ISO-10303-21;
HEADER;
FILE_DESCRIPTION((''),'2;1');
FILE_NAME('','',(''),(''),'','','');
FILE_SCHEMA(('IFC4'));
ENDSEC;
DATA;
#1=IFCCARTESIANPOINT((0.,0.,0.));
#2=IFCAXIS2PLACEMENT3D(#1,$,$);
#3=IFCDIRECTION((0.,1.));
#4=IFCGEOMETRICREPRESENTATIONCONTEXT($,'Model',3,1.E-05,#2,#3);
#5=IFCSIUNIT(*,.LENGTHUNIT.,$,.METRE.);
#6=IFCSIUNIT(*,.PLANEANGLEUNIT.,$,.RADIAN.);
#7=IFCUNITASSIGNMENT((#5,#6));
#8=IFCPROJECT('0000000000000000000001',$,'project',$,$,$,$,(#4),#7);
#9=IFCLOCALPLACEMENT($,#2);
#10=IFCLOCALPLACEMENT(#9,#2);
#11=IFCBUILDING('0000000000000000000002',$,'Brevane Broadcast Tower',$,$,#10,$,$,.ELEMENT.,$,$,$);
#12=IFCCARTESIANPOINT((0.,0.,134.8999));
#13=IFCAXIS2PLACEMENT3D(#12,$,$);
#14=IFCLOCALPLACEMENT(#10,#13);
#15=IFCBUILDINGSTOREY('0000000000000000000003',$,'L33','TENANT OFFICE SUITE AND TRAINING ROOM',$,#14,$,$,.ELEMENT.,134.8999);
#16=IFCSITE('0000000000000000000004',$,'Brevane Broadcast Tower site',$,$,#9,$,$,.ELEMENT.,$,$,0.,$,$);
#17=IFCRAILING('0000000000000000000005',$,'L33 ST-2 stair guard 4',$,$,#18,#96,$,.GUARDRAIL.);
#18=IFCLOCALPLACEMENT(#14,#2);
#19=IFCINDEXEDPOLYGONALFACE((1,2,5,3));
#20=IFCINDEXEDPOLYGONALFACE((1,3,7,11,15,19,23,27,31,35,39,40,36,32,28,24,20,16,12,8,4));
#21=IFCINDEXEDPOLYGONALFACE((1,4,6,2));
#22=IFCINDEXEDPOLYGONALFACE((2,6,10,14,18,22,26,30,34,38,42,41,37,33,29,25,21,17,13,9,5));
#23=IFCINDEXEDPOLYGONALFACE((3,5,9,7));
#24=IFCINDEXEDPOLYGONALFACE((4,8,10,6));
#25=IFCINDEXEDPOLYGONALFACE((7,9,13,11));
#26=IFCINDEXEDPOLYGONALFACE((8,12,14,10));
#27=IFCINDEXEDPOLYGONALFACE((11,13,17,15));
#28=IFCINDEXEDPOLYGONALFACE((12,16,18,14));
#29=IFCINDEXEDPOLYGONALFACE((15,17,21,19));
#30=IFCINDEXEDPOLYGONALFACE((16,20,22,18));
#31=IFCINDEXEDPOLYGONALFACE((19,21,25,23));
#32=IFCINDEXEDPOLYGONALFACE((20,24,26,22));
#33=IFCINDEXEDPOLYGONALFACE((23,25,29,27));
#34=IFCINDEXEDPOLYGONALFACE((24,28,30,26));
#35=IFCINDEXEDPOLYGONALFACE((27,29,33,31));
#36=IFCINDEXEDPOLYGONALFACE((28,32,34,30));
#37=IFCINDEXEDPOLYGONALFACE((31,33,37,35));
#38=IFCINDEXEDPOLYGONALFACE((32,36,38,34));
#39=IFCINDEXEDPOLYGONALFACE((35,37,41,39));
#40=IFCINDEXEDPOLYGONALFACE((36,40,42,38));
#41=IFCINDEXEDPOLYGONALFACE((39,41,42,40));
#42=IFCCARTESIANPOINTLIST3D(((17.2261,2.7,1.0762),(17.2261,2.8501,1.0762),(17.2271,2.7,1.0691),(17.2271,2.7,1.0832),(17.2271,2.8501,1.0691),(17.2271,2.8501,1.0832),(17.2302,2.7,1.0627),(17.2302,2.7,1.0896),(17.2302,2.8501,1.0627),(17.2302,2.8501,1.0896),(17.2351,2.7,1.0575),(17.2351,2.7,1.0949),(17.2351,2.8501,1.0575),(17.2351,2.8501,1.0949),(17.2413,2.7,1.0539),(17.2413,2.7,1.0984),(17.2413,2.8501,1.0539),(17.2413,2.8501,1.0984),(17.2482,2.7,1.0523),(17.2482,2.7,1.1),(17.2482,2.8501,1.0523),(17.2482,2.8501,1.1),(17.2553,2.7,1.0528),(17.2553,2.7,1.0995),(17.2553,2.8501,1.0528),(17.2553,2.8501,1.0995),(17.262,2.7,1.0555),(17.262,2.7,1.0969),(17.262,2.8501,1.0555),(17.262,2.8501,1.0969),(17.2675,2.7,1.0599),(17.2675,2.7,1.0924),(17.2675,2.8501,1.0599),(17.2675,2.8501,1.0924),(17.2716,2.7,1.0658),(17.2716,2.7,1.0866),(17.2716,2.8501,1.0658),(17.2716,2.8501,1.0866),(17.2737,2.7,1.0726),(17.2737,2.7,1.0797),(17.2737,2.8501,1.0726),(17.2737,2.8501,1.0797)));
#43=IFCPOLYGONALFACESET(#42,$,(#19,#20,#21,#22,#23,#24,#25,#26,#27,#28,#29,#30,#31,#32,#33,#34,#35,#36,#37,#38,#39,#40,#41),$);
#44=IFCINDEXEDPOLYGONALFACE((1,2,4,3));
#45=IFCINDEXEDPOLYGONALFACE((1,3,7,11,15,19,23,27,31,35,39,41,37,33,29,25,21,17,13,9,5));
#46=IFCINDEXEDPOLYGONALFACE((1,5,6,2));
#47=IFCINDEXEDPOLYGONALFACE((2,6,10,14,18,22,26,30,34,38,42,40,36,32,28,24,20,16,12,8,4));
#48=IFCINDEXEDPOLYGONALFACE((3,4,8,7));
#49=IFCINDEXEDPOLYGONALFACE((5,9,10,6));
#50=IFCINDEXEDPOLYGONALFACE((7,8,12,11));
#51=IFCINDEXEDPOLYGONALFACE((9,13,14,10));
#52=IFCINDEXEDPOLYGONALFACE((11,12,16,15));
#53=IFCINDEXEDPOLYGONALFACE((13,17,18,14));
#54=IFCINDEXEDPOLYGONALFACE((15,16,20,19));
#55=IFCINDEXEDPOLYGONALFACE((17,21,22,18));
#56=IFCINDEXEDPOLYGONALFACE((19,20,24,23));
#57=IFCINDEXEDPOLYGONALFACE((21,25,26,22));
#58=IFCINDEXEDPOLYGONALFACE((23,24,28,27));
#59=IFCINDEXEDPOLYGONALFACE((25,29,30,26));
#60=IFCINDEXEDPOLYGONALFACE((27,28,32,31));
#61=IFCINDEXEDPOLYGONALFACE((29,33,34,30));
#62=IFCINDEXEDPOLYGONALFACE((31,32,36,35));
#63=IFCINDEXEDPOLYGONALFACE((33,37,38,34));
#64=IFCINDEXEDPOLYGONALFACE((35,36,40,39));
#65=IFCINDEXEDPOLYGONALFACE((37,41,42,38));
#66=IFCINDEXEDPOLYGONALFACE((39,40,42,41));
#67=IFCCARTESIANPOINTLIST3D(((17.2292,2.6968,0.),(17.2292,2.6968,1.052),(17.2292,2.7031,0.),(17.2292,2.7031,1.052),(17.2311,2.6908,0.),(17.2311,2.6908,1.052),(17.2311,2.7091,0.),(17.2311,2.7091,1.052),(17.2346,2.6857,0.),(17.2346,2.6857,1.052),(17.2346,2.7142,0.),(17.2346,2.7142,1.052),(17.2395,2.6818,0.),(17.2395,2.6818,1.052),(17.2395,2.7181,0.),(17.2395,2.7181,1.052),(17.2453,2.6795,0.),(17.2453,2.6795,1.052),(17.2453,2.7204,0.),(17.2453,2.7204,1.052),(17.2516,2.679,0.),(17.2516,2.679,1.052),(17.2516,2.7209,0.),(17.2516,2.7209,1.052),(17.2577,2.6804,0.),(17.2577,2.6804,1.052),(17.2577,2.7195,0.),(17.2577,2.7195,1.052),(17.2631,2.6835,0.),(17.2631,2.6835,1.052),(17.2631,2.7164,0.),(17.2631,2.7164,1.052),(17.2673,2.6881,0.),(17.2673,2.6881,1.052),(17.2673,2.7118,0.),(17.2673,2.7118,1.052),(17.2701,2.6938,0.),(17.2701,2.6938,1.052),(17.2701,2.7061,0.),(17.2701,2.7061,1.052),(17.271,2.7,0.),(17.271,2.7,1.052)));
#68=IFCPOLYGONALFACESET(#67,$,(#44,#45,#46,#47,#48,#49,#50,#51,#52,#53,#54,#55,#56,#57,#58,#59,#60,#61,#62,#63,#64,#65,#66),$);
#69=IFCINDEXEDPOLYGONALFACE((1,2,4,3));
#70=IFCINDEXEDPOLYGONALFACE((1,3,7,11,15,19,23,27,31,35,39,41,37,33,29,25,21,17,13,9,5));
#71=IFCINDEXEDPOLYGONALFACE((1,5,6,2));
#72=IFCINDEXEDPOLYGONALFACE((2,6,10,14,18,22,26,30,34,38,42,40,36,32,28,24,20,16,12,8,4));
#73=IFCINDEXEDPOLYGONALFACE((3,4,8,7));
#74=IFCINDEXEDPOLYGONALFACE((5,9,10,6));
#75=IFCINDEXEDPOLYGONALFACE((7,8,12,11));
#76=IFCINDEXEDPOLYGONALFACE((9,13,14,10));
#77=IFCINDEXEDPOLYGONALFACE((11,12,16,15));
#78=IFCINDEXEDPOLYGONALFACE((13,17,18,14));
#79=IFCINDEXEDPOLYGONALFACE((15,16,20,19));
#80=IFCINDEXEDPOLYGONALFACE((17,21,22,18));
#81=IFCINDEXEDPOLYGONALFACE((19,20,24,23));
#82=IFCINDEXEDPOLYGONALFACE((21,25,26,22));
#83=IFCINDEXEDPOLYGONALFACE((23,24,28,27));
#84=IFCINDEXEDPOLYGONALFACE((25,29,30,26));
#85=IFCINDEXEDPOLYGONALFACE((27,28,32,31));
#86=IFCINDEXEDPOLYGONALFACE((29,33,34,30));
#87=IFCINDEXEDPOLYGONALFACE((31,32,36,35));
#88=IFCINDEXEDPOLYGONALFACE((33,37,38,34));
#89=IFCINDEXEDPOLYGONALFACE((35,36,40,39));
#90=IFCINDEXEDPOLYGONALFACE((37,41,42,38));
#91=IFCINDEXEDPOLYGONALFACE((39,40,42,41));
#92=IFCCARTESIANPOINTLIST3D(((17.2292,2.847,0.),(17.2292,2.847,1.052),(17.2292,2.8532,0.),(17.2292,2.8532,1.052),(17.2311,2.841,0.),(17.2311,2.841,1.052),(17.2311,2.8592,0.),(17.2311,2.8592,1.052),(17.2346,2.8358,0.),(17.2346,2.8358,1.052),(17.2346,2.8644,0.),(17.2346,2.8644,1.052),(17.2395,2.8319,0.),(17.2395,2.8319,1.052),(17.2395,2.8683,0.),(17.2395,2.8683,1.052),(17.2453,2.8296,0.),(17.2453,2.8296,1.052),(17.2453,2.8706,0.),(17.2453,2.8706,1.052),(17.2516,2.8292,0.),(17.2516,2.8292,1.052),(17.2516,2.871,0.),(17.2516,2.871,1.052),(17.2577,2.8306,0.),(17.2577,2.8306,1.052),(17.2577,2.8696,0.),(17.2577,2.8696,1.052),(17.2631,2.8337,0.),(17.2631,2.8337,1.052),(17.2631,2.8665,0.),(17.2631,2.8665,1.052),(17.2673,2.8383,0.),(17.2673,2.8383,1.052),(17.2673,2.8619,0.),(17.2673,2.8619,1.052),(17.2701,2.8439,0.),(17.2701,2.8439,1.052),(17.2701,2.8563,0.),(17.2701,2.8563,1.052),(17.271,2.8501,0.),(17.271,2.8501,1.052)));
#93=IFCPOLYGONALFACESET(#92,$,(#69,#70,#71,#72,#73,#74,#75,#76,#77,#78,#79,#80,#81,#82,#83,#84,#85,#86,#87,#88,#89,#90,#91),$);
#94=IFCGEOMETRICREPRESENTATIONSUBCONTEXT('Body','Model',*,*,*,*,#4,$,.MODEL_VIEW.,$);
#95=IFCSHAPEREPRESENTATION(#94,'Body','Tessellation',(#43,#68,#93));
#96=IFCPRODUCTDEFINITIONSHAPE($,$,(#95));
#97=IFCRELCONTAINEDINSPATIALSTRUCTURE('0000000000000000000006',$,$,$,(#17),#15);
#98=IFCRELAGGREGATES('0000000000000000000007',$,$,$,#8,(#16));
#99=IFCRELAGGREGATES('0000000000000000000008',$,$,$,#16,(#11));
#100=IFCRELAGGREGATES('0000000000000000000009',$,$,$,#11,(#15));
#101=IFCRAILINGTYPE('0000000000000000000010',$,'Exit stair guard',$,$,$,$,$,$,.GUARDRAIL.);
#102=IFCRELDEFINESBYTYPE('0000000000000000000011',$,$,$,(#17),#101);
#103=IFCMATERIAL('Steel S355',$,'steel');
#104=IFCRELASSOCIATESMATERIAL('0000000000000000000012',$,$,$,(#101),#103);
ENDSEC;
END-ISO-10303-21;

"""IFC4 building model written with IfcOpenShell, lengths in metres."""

from ifc_helpers import new_model, si_unit, direction, frame, origin, origin_2d, place, context, subcontext, project, spatial, circle, extrude, material, type_object, element, save


model = new_model("IFC4")

# Units and contexts
model_context = context("Model", 3, precision=1e-05, world=origin(), true_north=direction((0.0, 1.0)))
body_context = subcontext(model_context, "Body", "Model", "MODEL_VIEW")
ifc_project = project(units=[si_unit("LENGTHUNIT", "METRE"), si_unit("PLANEANGLEUNIT", "RADIAN")], contexts=[model_context])

# Site, building, storey
site_placement = place(None, origin())
site = spatial("IfcSite", under=ifc_project, at=site_placement, Name="Brevane Broadcast Tower site", CompositionType="ELEMENT", RefElevation=0.0)
building_placement = place(site_placement, origin())
building = spatial("IfcBuilding", under=site, at=building_placement, Name="Brevane Broadcast Tower", CompositionType="ELEMENT")
storey_placement = place(building_placement, frame((0.0, 0.0, 134.8999)))
storey = spatial("IfcBuildingStorey", under=building, at=storey_placement, Name="L33", Description="TENANT OFFICE SUITE AND TRAINING ROOM", CompositionType="ELEMENT", Elevation=134.8999)

# Railing
ifc_material_1 = material(Name="Steel S355", Category="steel")
railing_type = type_object("IfcRailingType", Name="Exit stair guard", PredefinedType="GUARDRAIL", material=ifc_material_1)
railing_1_placement = place(storey_placement, frame((17.25, 2.7, 0.0)))
element("IfcRailing", 1, at=railing_1_placement, inside=storey, type_object=railing_type, Name="L33 ST-2 stair guard 4", PredefinedType="GUARDRAIL", context=body_context, shape_type="SweptSolid", body=[
    extrude(circle(Radius=0.0239, at=origin_2d()), frame((0.0, 0.0, 1.0762), z_axis=(0.0, 1.0, 0.0), x_axis=(-1.0, 0.0, 0.0)), (0.0, 0.0, 1.0), 0.1501),
    extrude(circle(Radius=0.021, at=origin_2d()), origin(), (0.0, 0.0, 1.0), 1.052),
    extrude(circle(Radius=0.021, at=origin_2d()), frame((0.0, 0.1501, 0.0)), (0.0, 0.0, 1.0), 1.052),
])

save(model, "model.ifc")
